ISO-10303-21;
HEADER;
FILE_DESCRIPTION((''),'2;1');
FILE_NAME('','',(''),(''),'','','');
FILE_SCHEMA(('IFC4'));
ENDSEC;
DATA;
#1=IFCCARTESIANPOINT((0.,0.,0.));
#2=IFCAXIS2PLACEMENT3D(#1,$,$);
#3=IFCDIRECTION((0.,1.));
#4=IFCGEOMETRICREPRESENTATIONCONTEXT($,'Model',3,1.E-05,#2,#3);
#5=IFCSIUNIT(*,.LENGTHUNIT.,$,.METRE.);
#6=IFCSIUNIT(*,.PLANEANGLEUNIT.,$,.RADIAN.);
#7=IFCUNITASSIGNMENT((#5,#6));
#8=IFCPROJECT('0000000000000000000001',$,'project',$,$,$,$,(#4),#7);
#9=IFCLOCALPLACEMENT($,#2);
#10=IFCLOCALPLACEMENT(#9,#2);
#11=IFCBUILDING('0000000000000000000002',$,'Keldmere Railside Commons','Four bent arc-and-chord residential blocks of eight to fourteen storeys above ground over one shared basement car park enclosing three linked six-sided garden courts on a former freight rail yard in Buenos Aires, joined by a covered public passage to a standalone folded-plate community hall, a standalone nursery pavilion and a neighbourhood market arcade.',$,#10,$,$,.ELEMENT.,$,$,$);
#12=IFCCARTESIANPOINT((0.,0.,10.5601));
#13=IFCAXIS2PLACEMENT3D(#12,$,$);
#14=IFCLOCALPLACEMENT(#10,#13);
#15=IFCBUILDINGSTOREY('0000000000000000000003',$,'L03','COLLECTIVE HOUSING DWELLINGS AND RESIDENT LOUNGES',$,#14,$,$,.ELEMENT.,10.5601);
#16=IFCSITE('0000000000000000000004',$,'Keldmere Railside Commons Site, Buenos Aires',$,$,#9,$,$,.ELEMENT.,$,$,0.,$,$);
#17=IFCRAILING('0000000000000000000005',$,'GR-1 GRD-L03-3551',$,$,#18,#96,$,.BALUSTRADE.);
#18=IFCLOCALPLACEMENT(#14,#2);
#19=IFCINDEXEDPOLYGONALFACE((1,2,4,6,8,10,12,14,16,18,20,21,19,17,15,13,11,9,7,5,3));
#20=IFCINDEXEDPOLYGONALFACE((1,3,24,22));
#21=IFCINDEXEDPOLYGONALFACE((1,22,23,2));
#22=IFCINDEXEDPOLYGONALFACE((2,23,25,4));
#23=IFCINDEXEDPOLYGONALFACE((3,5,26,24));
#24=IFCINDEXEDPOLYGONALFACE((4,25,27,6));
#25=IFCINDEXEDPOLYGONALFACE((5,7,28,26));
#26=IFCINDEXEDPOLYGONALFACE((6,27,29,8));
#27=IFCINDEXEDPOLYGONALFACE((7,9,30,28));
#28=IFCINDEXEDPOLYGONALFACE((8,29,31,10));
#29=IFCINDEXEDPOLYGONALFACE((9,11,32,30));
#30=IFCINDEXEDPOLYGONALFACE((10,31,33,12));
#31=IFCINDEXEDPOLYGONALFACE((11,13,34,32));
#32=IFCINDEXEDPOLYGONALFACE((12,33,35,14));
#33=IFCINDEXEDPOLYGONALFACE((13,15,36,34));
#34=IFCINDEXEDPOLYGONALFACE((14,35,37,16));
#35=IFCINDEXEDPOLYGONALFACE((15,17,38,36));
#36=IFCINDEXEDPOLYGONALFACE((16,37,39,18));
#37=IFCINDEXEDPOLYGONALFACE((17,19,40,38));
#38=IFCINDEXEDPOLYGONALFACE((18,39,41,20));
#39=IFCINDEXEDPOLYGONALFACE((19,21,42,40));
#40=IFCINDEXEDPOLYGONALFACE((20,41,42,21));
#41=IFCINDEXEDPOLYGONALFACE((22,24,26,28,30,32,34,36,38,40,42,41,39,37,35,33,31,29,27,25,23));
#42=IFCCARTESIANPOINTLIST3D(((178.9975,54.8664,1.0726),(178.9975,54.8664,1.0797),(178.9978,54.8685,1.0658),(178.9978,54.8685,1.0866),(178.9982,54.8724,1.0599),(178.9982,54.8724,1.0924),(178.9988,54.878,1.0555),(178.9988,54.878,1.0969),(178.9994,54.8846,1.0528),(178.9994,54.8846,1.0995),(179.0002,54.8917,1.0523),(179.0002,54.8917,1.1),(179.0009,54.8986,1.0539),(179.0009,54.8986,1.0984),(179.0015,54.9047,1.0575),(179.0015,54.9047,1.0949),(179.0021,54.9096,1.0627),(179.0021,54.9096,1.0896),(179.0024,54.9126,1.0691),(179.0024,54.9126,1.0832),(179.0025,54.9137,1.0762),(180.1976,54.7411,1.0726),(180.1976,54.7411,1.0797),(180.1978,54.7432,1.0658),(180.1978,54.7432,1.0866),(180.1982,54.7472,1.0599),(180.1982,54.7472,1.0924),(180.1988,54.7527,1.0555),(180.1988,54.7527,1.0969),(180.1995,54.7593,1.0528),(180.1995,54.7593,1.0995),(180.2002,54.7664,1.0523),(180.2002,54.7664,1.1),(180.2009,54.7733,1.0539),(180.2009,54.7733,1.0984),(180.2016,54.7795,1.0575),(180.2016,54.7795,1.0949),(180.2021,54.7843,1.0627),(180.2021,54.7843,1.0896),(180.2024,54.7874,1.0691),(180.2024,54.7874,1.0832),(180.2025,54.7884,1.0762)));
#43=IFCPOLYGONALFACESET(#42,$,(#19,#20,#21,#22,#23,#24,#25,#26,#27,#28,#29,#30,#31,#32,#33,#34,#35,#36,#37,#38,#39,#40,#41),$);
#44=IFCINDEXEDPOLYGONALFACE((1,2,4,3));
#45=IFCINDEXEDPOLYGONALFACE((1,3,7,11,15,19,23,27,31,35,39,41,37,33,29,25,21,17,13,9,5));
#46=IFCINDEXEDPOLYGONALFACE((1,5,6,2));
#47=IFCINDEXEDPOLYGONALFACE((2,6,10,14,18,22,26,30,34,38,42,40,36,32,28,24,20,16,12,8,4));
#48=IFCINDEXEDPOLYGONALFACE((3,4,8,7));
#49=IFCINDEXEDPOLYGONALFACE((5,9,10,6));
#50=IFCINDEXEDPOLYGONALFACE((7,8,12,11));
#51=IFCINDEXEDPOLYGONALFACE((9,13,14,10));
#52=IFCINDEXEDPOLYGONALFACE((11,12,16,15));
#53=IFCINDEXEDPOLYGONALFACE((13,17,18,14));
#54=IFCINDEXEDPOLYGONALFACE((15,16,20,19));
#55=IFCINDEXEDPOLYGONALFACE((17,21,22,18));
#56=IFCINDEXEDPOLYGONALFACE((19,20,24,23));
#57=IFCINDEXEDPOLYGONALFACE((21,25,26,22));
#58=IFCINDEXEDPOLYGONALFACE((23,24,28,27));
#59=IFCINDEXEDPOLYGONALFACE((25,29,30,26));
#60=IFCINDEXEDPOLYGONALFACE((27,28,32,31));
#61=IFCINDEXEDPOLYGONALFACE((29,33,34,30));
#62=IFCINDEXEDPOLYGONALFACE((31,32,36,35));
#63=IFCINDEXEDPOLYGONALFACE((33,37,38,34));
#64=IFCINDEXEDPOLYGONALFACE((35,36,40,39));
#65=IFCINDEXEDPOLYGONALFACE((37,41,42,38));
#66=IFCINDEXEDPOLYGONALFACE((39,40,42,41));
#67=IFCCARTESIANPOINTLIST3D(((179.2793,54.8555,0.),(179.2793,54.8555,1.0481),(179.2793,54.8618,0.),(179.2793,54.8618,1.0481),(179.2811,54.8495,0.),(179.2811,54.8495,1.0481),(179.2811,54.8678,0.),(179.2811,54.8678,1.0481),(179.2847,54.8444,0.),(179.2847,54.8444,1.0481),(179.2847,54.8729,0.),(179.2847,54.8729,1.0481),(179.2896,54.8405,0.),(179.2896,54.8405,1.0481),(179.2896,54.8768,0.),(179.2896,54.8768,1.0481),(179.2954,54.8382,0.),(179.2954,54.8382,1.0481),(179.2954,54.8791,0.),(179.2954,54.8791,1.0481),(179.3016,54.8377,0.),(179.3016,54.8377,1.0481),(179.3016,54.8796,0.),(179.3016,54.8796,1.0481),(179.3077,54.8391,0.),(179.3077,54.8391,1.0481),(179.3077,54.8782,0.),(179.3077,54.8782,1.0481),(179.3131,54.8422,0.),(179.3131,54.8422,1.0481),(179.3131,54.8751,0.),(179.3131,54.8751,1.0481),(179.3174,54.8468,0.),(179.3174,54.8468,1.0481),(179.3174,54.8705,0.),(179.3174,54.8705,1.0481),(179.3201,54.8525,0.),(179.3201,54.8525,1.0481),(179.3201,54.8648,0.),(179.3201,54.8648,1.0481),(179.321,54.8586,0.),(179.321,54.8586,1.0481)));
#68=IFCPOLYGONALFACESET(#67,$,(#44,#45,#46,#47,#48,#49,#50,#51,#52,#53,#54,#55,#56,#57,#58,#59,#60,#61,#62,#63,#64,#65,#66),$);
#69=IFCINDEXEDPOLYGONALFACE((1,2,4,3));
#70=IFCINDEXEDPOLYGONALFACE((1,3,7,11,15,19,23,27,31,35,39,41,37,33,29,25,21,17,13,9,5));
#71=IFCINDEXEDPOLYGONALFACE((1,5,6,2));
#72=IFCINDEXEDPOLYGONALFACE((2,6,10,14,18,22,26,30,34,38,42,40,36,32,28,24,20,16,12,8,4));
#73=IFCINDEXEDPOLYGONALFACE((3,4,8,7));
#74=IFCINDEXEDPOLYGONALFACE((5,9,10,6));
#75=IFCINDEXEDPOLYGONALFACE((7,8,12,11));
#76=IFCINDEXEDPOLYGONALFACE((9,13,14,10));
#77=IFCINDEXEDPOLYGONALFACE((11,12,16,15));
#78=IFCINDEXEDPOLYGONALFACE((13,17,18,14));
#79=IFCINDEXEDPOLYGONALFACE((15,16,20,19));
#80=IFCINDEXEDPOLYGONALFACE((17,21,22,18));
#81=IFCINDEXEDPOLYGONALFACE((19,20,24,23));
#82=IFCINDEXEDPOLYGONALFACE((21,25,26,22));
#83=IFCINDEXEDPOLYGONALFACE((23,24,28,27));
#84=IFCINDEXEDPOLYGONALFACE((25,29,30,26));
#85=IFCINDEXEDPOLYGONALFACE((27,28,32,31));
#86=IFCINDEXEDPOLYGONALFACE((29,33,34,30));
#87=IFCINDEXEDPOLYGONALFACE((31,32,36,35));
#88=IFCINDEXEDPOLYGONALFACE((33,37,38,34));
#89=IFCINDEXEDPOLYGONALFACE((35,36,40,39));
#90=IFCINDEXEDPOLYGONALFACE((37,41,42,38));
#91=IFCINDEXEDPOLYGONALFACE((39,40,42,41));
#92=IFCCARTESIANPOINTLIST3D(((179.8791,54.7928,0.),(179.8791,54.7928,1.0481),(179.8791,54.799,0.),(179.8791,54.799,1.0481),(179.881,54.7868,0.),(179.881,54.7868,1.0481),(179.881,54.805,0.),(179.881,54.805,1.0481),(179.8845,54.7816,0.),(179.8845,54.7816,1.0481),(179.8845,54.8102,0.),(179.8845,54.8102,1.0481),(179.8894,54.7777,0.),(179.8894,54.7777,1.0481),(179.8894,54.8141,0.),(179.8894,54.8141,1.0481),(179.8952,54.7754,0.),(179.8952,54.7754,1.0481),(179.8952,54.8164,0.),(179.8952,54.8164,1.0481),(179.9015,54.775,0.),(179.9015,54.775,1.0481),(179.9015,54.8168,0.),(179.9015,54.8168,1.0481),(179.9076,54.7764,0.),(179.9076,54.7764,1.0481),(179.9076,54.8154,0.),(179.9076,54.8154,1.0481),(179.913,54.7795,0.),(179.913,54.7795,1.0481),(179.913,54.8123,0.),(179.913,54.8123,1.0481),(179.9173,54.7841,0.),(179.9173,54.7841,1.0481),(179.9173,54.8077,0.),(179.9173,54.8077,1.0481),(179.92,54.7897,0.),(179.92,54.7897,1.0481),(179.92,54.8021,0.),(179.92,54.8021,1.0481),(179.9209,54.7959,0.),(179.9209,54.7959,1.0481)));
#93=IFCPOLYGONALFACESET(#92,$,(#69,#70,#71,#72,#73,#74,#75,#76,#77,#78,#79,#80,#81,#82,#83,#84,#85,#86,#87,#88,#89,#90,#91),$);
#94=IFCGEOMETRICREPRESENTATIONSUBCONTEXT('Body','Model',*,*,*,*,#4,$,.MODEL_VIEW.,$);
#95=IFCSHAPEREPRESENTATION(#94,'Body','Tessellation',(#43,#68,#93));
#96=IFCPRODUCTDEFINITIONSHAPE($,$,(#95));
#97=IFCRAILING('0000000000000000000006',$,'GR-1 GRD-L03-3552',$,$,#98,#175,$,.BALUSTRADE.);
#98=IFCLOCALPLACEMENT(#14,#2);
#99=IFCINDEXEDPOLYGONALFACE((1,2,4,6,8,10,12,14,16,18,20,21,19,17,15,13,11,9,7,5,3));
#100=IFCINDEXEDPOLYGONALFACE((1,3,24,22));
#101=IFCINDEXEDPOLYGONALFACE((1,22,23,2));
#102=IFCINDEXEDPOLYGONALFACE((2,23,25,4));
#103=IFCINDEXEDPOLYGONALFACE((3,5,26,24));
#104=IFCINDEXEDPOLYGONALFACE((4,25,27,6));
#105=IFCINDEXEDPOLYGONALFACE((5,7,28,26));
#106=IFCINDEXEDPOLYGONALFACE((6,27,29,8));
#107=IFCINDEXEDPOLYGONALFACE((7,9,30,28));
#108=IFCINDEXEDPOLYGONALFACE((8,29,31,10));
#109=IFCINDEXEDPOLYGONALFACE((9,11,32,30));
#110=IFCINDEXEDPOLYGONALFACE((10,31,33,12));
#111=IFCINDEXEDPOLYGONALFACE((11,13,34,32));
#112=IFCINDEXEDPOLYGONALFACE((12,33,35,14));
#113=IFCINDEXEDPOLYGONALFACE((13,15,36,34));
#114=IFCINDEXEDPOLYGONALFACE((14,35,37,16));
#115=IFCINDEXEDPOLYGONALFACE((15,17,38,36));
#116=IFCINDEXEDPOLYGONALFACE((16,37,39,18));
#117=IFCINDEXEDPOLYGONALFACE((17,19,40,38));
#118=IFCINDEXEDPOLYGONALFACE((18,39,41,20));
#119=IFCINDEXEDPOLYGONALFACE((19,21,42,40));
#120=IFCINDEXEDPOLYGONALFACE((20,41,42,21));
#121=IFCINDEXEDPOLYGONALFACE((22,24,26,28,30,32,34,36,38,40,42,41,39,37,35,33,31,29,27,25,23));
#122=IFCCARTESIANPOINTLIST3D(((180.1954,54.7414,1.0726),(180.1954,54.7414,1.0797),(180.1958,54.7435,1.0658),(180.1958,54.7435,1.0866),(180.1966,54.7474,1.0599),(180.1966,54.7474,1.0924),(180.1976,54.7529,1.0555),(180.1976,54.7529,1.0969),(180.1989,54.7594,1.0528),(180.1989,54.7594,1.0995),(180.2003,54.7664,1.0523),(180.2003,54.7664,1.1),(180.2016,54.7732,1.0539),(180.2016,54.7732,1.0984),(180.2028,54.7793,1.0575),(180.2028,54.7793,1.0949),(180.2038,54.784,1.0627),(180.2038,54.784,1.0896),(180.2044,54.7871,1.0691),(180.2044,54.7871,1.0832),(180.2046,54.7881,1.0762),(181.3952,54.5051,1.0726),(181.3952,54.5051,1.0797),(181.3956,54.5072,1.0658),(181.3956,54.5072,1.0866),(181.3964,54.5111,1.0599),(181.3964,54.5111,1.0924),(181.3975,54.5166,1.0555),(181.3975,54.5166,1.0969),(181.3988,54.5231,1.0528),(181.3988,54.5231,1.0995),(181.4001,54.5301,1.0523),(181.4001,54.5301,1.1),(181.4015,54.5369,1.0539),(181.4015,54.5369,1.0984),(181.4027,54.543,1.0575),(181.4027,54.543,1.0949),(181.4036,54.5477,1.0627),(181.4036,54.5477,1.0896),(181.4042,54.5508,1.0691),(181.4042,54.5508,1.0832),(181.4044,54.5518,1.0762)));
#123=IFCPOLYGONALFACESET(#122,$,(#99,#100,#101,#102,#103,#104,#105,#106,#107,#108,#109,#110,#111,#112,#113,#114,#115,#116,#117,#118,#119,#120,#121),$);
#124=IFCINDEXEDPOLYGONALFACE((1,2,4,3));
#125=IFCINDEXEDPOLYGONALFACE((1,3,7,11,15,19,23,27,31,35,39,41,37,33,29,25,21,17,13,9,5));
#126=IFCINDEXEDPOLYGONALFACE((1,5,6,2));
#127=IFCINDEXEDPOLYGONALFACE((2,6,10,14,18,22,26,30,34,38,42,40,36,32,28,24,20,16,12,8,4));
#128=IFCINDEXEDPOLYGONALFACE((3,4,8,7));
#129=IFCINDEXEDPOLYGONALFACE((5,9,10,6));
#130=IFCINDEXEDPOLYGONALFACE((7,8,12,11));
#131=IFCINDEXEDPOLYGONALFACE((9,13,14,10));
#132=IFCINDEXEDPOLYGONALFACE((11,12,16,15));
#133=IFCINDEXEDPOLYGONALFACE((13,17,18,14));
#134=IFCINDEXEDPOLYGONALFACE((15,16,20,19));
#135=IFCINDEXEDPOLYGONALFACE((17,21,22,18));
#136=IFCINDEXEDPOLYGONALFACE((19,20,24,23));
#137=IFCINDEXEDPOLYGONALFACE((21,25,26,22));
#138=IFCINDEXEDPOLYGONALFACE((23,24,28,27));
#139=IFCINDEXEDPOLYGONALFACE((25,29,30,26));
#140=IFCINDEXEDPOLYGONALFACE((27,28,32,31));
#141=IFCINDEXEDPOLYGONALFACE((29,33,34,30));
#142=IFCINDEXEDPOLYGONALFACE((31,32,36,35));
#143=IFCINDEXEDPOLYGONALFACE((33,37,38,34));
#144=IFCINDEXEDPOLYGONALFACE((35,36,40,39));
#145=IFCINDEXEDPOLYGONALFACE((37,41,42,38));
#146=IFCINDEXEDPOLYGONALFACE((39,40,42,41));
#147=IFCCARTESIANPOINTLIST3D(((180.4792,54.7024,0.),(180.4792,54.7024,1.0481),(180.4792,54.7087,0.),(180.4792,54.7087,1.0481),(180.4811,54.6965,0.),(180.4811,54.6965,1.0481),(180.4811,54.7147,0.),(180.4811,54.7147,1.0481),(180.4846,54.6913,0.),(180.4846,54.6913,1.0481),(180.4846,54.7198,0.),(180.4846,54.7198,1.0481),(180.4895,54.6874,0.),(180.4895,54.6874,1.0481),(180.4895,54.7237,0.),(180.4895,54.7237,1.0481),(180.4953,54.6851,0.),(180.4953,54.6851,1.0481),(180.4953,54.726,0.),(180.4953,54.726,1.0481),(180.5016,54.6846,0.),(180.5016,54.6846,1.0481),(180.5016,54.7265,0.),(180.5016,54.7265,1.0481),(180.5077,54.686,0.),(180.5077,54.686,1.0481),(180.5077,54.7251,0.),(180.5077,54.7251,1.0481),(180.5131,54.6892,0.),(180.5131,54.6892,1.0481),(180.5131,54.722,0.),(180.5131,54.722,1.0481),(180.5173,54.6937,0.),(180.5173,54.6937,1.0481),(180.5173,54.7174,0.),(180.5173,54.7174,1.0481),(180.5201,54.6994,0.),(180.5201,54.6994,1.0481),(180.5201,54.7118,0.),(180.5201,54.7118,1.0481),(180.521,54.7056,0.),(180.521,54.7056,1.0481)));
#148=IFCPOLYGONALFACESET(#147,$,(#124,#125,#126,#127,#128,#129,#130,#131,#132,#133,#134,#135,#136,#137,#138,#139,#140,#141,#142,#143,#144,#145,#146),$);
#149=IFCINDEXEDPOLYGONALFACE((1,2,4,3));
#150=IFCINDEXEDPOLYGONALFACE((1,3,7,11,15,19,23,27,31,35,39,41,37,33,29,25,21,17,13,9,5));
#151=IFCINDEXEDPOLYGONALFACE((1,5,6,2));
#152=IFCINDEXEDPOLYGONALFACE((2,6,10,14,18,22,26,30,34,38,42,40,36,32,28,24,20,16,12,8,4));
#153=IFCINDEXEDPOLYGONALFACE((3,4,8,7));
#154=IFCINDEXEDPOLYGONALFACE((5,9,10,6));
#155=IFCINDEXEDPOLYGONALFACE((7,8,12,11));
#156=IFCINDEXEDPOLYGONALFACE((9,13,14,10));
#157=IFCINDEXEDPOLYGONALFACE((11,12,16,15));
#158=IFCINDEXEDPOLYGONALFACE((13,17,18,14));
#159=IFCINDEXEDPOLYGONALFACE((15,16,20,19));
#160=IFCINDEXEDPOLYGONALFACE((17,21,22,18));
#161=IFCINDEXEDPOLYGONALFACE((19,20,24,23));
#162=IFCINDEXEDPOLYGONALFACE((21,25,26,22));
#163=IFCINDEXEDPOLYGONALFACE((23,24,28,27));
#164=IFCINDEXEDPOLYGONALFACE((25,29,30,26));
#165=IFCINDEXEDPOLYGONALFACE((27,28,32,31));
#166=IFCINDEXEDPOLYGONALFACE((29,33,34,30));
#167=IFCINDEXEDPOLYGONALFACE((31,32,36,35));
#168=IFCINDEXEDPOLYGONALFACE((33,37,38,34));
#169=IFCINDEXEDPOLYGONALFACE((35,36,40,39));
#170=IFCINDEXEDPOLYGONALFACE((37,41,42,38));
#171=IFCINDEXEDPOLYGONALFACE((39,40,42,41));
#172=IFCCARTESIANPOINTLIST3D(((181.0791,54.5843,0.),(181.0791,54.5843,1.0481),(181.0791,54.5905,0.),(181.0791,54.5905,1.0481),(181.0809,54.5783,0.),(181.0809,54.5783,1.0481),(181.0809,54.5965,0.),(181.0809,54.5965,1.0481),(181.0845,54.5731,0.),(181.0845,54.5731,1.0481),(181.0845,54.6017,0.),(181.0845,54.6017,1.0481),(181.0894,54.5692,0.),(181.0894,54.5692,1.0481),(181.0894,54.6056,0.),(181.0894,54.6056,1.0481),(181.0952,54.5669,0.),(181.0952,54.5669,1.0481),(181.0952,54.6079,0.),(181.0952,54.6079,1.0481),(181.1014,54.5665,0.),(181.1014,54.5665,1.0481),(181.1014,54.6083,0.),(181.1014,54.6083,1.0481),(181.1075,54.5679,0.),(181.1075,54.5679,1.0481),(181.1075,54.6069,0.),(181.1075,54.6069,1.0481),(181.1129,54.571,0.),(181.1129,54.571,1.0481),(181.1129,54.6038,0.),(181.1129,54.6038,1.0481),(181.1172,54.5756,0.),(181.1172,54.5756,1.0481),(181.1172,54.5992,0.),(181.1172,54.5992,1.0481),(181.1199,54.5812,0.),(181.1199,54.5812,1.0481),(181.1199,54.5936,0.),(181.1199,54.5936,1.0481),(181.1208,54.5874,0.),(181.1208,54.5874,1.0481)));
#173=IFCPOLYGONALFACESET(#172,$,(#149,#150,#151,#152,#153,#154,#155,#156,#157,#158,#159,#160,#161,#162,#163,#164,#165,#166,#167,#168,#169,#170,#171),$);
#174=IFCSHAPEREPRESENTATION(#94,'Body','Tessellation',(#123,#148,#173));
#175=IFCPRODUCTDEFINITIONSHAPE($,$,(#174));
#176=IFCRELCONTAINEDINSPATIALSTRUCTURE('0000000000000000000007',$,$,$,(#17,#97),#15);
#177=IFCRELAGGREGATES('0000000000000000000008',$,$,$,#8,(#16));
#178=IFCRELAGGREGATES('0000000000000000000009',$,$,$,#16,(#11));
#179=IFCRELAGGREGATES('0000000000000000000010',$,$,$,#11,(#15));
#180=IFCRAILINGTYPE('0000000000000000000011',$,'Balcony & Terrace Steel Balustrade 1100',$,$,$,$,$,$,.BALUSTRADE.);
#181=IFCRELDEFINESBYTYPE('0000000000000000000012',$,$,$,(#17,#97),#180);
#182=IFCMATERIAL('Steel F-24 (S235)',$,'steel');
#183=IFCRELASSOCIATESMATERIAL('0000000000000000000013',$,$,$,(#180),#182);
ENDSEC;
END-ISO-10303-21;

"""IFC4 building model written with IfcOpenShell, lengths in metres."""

from ifc_helpers import new_model, si_unit, direction, frame, origin, origin_2d, place, context, subcontext, project, spatial, circle, extrude, material, type_object, element, save


model = new_model("IFC4")

# Units and contexts
model_context = context("Model", 3, precision=1e-05, world=origin(), true_north=direction((0.0, 1.0)))
body_context = subcontext(model_context, "Body", "Model", "MODEL_VIEW")
ifc_project = project(units=[si_unit("LENGTHUNIT", "METRE"), si_unit("PLANEANGLEUNIT", "RADIAN")], contexts=[model_context])

# Site, building, storey
site_placement = place(None, origin())
site = spatial("IfcSite", under=ifc_project, at=site_placement, Name="Keldmere Railside Commons Site, Buenos Aires", CompositionType="ELEMENT", RefElevation=0.0)
building_placement = place(site_placement, origin())
building = spatial("IfcBuilding", under=site, at=building_placement, Name="Keldmere Railside Commons", Description="Four bent arc-and-chord residential blocks of eight to fourteen storeys above ground over one shared basement car park enclosing three linked six-sided garden courts on a former freight rail yard in Buenos Aires, joined by a covered public passage to a standalone folded-plate community hall, a standalone nursery pavilion and a neighbourhood market arcade.", CompositionType="ELEMENT")
storey_placement = place(building_placement, frame((0.0, 0.0, 10.5601)))
storey = spatial("IfcBuildingStorey", under=building, at=storey_placement, Name="L03", Description="COLLECTIVE HOUSING DWELLINGS AND RESIDENT LOUNGES", CompositionType="ELEMENT", Elevation=10.5601)

# Shared definitions
ifc_material_1 = material(Name="Steel F-24 (S235)", Category="steel")

# Railings
railing_type = type_object("IfcRailingType", Name="Balcony & Terrace Steel Balustrade 1100", PredefinedType="BALUSTRADE", material=ifc_material_1)
railing_1_placement = place(storey_placement, frame((179.0, 54.8899, 0.0)))
element("IfcRailing", 1, at=railing_1_placement, inside=storey, type_object=railing_type, Name="GR-1 GRD-L03-3551", PredefinedType="BALUSTRADE", context=body_context, shape_type="SweptSolid", body=[
    extrude(circle(Radius=0.0239, at=origin_2d()), frame((0.0, 0.0, 1.0762), z_axis=(0.994597, -0.10381, 0.0), x_axis=(0.10381, 0.994597, 0.0)), (0.0, 0.0, 1.0), 1.2065),
    extrude(circle(Radius=0.021, at=origin_2d()), frame((0.3, -0.0312, 0.0)), (0.0, 0.0, 1.0), 1.0481),
    extrude(circle(Radius=0.021, at=origin_2d()), frame((0.8999, -0.094, 0.0)), (0.0, 0.0, 1.0), 1.0481),
])
railing_2_placement = place(storey_placement, frame((180.2, 54.7646, 0.0)))
element("IfcRailing", 2, at=railing_2_placement, inside=storey, type_object=railing_type, Name="GR-1 GRD-L03-3552", PredefinedType="BALUSTRADE", context=body_context, shape_type="SweptSolid", body=[
    extrude(circle(Radius=0.0239, at=origin_2d()), frame((0.0, 0.0, 1.0762), z_axis=(0.981152, -0.193236, 0.0), x_axis=(0.193236, 0.981152, 0.0)), (0.0, 0.0, 1.0), 1.2229),
    extrude(circle(Radius=0.021, at=origin_2d()), frame((0.3, -0.0591, 0.0)), (0.0, 0.0, 1.0), 1.0481),
    extrude(circle(Radius=0.021, at=origin_2d()), frame((0.8999, -0.1772, 0.0)), (0.0, 0.0, 1.0), 1.0481),
])

save(model, "model.ifc")
